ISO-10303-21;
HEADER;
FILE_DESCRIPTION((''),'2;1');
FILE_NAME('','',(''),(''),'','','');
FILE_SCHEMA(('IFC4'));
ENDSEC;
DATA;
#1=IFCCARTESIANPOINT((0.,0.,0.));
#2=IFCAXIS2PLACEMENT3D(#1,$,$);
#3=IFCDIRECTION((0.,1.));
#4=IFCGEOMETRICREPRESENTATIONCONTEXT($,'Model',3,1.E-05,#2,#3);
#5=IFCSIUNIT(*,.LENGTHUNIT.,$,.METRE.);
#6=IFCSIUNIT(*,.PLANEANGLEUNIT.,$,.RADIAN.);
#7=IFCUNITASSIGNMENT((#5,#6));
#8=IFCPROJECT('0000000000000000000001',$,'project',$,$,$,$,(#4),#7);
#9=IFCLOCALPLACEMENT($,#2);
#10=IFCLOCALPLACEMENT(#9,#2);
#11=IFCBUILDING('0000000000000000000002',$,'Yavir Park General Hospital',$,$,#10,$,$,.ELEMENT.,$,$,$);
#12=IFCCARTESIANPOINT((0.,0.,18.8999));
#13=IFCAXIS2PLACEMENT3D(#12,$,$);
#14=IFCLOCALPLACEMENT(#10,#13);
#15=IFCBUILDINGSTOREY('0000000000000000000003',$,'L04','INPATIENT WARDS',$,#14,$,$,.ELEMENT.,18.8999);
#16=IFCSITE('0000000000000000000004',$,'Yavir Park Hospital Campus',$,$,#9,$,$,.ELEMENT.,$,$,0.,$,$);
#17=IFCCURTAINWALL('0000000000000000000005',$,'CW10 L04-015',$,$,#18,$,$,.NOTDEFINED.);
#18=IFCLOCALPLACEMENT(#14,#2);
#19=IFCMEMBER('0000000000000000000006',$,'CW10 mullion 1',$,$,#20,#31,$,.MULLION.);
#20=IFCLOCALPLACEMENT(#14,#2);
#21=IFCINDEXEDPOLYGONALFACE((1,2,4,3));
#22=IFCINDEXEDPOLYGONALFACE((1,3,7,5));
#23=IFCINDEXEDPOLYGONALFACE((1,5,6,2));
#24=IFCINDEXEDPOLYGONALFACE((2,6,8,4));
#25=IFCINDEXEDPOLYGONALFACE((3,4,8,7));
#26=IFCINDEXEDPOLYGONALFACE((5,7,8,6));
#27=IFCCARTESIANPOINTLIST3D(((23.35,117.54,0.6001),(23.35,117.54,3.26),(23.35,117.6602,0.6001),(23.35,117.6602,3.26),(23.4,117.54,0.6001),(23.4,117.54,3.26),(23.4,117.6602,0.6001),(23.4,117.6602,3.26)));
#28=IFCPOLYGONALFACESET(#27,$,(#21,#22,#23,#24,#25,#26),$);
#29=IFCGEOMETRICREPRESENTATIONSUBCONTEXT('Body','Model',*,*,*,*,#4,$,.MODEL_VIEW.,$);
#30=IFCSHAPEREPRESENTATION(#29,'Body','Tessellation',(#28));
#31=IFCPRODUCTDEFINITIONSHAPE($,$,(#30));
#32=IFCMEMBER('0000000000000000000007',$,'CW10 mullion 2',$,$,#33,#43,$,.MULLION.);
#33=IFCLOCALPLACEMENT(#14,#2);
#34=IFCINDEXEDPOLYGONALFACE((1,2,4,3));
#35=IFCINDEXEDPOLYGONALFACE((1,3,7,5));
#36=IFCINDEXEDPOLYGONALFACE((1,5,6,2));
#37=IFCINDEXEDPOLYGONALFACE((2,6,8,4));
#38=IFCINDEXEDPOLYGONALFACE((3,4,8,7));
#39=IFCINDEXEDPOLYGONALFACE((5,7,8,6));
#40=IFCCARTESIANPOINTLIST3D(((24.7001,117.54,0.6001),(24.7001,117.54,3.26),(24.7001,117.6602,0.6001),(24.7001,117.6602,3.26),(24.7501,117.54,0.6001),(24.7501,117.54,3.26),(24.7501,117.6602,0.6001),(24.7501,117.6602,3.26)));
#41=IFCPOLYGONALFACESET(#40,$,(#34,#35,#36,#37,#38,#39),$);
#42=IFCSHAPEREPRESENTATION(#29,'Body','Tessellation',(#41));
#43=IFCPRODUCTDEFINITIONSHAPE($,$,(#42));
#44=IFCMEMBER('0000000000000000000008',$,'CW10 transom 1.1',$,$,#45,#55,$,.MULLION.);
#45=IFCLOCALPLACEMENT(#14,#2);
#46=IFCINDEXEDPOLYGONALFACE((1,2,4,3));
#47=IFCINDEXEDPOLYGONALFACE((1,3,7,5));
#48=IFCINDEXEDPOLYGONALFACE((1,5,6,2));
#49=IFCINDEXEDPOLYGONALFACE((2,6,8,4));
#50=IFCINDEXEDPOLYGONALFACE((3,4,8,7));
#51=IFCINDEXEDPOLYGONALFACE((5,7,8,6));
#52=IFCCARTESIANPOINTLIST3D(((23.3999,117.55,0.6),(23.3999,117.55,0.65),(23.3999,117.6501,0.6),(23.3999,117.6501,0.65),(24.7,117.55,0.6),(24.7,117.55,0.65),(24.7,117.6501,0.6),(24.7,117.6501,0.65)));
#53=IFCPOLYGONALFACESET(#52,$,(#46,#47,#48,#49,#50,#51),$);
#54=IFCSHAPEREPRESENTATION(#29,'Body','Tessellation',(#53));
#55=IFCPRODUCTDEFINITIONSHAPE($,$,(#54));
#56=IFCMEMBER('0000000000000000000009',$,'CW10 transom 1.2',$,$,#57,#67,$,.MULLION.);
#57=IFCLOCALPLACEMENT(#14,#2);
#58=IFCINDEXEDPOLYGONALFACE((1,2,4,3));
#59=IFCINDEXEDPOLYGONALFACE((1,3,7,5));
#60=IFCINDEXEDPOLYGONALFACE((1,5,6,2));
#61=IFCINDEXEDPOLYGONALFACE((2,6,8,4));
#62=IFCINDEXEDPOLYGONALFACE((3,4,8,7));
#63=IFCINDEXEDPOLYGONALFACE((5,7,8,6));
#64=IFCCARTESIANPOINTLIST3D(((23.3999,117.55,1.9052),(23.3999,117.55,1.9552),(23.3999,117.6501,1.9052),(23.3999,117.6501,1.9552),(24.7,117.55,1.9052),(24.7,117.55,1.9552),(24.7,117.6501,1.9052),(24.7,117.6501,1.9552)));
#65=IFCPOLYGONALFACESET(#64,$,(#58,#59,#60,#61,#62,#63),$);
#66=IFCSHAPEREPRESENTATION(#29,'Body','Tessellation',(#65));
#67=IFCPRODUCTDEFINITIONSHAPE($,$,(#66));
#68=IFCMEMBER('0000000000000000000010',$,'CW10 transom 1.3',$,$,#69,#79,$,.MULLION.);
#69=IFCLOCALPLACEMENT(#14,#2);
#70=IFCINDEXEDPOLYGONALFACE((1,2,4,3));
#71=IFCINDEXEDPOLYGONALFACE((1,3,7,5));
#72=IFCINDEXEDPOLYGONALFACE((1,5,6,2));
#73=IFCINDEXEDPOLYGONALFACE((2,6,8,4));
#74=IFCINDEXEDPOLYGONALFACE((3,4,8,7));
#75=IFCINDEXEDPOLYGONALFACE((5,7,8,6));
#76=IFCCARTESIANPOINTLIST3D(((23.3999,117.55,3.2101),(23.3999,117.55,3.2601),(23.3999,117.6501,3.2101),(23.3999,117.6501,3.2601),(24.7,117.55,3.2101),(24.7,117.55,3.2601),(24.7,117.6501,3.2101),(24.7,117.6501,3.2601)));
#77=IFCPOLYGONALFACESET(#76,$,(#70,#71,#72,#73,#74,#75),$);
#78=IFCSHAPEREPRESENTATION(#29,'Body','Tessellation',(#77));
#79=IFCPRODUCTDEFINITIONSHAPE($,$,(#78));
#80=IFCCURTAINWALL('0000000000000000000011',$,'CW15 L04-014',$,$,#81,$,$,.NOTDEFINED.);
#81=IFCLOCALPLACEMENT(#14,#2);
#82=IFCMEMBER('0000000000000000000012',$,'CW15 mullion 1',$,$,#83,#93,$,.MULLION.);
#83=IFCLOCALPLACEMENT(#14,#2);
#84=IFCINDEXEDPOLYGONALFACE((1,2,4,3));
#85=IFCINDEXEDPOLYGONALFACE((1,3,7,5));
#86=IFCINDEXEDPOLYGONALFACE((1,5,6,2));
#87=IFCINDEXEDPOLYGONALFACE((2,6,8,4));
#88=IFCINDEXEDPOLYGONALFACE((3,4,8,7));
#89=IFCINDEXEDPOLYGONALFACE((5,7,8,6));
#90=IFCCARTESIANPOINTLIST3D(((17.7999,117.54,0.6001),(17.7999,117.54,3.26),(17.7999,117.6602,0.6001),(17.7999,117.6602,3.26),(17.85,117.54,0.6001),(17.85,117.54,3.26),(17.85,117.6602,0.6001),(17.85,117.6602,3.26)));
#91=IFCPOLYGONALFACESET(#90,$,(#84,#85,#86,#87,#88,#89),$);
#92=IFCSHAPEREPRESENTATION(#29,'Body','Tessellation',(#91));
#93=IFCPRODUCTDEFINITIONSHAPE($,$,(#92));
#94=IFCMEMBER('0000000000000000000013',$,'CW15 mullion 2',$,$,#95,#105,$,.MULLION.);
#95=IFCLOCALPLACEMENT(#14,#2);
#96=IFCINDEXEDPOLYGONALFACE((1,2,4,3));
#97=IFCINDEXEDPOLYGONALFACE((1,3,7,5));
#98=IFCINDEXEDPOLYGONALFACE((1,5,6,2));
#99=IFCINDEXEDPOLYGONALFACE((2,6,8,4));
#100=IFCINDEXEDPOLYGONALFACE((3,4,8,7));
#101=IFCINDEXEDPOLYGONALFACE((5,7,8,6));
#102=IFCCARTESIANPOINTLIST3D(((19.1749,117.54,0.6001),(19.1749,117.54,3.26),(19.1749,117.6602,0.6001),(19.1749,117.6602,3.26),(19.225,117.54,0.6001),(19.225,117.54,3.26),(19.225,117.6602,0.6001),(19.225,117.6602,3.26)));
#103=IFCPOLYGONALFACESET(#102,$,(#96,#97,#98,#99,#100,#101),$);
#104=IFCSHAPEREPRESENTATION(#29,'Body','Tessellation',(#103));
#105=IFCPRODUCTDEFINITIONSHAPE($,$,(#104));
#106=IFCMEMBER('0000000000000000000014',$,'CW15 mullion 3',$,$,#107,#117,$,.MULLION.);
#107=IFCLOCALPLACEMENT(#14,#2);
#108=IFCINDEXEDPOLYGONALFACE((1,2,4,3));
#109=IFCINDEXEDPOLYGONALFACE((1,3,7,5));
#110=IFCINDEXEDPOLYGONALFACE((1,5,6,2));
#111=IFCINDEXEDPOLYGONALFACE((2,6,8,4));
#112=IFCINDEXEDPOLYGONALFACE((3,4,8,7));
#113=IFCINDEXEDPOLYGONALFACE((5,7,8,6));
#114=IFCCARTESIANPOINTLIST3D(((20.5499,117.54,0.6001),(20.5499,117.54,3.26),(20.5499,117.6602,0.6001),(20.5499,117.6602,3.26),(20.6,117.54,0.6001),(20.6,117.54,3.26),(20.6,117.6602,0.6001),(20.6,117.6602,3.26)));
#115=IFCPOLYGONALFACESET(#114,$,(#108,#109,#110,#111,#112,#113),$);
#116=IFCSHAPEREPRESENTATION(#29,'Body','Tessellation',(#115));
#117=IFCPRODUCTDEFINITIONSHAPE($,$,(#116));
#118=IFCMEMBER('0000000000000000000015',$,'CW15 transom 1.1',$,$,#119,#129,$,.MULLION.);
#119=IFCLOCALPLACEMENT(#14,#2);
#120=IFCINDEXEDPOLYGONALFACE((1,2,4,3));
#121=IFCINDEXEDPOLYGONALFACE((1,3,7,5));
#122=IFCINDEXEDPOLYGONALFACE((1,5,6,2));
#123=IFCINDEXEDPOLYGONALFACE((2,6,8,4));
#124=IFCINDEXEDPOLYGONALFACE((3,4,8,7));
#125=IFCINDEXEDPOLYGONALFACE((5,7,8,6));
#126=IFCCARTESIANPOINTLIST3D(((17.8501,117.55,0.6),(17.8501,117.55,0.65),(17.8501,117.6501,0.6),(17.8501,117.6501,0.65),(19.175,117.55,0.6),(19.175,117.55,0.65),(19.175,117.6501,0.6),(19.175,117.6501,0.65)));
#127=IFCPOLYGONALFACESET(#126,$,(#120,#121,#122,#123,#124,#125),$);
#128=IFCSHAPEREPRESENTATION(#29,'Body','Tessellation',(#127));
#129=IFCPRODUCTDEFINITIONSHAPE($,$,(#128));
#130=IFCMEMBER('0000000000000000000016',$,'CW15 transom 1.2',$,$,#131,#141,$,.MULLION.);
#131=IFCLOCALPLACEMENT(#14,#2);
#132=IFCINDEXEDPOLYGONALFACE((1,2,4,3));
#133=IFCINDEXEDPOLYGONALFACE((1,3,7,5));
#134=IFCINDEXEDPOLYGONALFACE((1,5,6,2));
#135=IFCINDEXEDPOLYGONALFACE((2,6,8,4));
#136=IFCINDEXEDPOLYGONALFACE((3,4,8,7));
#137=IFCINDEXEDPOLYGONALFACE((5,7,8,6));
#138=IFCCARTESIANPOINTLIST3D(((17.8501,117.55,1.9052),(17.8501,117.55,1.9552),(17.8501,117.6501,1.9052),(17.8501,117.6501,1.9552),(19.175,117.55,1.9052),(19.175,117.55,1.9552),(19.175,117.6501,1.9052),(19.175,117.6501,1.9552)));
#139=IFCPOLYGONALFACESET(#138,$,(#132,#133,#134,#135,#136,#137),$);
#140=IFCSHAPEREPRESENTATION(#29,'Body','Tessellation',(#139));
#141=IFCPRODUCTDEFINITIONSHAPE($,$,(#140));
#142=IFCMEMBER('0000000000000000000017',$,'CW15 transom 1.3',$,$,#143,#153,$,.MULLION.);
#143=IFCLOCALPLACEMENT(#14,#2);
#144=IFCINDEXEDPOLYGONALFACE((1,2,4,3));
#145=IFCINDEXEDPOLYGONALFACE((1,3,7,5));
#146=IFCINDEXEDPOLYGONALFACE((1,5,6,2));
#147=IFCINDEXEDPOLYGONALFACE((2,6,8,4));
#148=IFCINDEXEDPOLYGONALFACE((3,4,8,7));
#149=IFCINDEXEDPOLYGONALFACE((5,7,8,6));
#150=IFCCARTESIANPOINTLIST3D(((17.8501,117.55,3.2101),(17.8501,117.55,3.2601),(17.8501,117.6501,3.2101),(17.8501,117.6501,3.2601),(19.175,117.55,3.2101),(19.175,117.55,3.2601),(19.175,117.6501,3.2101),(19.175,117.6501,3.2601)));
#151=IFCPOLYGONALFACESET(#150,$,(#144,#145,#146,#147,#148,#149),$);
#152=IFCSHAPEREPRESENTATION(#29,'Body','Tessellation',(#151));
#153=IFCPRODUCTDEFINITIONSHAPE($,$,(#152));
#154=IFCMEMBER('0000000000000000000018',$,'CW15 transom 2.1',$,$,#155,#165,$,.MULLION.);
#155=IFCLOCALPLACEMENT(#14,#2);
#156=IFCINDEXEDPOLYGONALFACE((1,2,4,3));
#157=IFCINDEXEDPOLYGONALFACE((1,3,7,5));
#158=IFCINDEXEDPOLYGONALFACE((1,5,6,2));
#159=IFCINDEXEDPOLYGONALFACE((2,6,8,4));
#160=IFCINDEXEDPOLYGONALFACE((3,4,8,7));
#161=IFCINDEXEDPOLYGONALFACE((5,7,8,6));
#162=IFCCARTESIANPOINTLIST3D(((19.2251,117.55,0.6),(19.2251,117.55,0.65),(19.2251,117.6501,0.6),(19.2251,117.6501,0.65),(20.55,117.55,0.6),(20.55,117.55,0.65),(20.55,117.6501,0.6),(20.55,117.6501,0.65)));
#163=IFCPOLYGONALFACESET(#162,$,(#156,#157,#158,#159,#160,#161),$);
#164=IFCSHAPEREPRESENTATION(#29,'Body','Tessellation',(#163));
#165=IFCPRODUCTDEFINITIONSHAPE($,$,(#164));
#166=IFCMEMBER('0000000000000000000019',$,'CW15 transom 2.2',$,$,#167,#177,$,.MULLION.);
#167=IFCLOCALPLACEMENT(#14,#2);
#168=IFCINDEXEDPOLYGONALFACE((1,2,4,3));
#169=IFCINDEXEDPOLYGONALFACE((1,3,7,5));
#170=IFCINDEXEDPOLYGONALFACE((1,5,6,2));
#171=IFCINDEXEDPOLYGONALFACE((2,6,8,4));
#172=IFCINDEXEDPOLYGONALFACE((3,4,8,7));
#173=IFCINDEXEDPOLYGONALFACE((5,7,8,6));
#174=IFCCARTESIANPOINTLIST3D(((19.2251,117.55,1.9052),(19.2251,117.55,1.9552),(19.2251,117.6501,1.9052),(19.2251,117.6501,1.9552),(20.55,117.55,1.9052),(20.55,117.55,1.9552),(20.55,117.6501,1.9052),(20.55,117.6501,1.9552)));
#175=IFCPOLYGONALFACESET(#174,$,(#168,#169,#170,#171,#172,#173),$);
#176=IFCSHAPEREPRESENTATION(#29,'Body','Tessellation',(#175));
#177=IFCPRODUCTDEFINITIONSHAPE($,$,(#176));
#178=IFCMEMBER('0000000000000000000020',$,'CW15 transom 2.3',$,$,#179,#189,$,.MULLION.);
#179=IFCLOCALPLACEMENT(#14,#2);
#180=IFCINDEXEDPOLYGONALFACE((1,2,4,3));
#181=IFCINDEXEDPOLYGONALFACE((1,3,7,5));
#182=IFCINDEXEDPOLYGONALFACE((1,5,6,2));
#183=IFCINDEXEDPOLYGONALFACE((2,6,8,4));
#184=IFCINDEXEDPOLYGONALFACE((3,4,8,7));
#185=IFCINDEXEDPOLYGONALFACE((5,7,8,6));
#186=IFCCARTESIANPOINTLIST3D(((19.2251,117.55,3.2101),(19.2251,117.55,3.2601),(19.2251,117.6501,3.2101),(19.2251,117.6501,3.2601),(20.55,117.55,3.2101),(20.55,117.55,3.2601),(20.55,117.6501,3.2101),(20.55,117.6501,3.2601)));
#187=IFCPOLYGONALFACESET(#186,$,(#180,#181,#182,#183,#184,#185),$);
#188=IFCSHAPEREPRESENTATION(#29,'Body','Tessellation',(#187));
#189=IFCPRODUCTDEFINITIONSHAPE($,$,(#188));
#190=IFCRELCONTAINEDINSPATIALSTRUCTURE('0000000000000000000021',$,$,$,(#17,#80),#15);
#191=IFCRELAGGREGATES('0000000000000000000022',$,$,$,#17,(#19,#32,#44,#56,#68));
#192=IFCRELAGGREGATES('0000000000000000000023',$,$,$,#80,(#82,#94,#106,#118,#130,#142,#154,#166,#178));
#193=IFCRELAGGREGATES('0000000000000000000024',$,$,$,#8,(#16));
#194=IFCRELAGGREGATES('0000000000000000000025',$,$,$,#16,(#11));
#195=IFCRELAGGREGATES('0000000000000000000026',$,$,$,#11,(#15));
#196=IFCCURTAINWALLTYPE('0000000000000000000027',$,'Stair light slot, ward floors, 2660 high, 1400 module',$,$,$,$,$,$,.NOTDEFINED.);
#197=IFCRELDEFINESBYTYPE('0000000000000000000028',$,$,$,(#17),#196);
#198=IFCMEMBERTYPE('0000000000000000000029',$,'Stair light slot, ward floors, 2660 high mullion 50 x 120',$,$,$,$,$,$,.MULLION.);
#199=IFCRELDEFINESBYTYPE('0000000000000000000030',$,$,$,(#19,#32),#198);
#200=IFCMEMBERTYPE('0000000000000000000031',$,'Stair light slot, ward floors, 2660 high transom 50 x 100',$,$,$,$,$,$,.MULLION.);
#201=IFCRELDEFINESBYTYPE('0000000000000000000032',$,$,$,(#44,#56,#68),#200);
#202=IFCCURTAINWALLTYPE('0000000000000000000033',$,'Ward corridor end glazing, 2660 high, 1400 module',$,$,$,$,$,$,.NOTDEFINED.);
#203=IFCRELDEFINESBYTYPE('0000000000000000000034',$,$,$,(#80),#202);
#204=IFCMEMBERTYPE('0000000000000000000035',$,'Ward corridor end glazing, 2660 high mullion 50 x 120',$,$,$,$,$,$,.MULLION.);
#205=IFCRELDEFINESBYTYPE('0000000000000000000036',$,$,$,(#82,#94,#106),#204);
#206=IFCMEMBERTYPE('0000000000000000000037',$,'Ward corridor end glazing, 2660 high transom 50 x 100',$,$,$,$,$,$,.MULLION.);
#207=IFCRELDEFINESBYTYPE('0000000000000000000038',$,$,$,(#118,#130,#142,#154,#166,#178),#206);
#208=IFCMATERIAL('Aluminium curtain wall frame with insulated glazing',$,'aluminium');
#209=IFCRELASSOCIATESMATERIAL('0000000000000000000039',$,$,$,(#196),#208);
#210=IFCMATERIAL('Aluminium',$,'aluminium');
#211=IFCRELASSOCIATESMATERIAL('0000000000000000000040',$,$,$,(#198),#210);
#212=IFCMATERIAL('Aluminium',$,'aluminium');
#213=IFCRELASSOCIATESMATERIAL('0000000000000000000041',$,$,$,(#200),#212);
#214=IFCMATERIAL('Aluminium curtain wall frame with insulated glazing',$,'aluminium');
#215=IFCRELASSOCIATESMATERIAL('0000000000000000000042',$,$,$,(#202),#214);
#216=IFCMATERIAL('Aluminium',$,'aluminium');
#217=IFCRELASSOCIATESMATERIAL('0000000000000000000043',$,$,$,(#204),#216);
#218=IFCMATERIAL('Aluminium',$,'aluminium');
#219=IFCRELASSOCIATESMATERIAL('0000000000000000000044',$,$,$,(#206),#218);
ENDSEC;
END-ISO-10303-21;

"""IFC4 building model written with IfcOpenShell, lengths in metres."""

from ifc_helpers import new_model, si_unit, direction, frame, origin, origin_2d, place, context, subcontext, project, spatial, rectangle, extrude, material, material_profile, profile_set, type_object, element, aggregate, save


model = new_model("IFC4")

# Units and contexts
model_context = context("Model", 3, precision=1e-05, world=origin(), true_north=direction((0.0, 1.0)))
body_context = subcontext(model_context, "Body", "Model", "MODEL_VIEW")
ifc_project = project(units=[si_unit("LENGTHUNIT", "METRE"), si_unit("PLANEANGLEUNIT", "RADIAN")], contexts=[model_context])

# Site, building, storey
site_placement = place(None, origin())
site = spatial("IfcSite", under=ifc_project, at=site_placement, Name="Yavir Park Hospital Campus", CompositionType="ELEMENT", RefElevation=0.0)
building_placement = place(site_placement, origin())
building = spatial("IfcBuilding", under=site, at=building_placement, Name="Yavir Park General Hospital", CompositionType="ELEMENT")
storey_placement = place(building_placement, frame((0.0, 0.0, 18.8999)))
storey = spatial("IfcBuildingStorey", under=building, at=storey_placement, Name="L04", Description="INPATIENT WARDS", CompositionType="ELEMENT", Elevation=18.8999)

# Curtain walls, members
ifc_material_1 = material(Name="Aluminium curtain wall frame with insulated glazing", Category="aluminium")
curtain_wall_type_1 = type_object("IfcCurtainWallType", Name="Stair light slot, ward floors, 2660 high, 1400 module", PredefinedType="NOTDEFINED", material=ifc_material_1)
curtain_wall_1_placement = place(storey_placement, origin())
curtain_wall_1 = element("IfcCurtainWall", 1, at=curtain_wall_1_placement, inside=storey, type_object=curtain_wall_type_1, Name="CW10 L04-015", PredefinedType="NOTDEFINED")
ifc_material_2 = material(Name="Aluminium", Category="aluminium")
ifc_material_profile_1 = material_profile(ifc_material_2, rectangle(XDim=0.1201, YDim=0.05, at=origin_2d()), Name="AL 50x120")
ifc_profile_set_1 = profile_set([ifc_material_profile_1], Name="Aluminium")
member_type_1 = type_object("IfcMemberType", Name="Stair light slot, ward floors, 2660 high mullion 50 x 120", PredefinedType="MULLION", material=ifc_profile_set_1)
member_1_placement = place(storey_placement, frame((23.375, 117.6001, 0.6001), z_axis=(0.0, 0.0, 1.0), x_axis=(0.0, 1.0, 0.0)))
member_1 = element("IfcMember", 2, at=member_1_placement, type_object=member_type_1, Name="CW10 mullion 1", PredefinedType="MULLION", context=body_context, shape_type="SweptSolid", body=[
    extrude(rectangle(XDim=0.1201, YDim=0.05, at=origin_2d()), origin(), (0.0, 0.0, 1.0), 2.6599),
])
member_2_placement = place(storey_placement, frame((24.7251, 117.6001, 0.6001), z_axis=(0.0, 0.0, 1.0), x_axis=(0.0, 1.0, 0.0)))
member_2 = element("IfcMember", 3, at=member_2_placement, type_object=member_type_1, Name="CW10 mullion 2", PredefinedType="MULLION", context=body_context, shape_type="SweptSolid", body=[
    extrude(rectangle(XDim=0.1201, YDim=0.05, at=origin_2d()), origin(), (0.0, 0.0, 1.0), 2.6599),
])
ifc_material_3 = material(Name="Aluminium", Category="aluminium")
ifc_material_profile_2 = material_profile(ifc_material_3, rectangle(XDim=0.1001, YDim=0.05, at=origin_2d()), Name="AL 100x50")
ifc_profile_set_2 = profile_set([ifc_material_profile_2], Name="Aluminium")
member_type_2 = type_object("IfcMemberType", Name="Stair light slot, ward floors, 2660 high transom 50 x 100", PredefinedType="MULLION", material=ifc_profile_set_2)
member_3_placement = place(storey_placement, frame((23.3999, 117.6001, 0.625), z_axis=(1.0, 0.0, 0.0), x_axis=(0.0, 1.0, 0.0)))
member_3 = element("IfcMember", 4, at=member_3_placement, type_object=member_type_2, Name="CW10 transom 1.1", PredefinedType="MULLION", context=body_context, shape_type="SweptSolid", body=[
    extrude(rectangle(XDim=0.1001, YDim=0.05, at=origin_2d()), origin(), (0.0, 0.0, 1.0), 1.3),
])
member_4_placement = place(storey_placement, frame((23.3999, 117.6001, 1.9302), z_axis=(1.0, 0.0, 0.0), x_axis=(0.0, 1.0, 0.0)))
member_4 = element("IfcMember", 5, at=member_4_placement, type_object=member_type_2, Name="CW10 transom 1.2", PredefinedType="MULLION", context=body_context, shape_type="SweptSolid", body=[
    extrude(rectangle(XDim=0.1001, YDim=0.05, at=origin_2d()), origin(), (0.0, 0.0, 1.0), 1.3),
])
member_5_placement = place(storey_placement, frame((23.3999, 117.6001, 3.2351), z_axis=(1.0, 0.0, 0.0), x_axis=(0.0, 1.0, 0.0)))
member_5 = element("IfcMember", 6, at=member_5_placement, type_object=member_type_2, Name="CW10 transom 1.3", PredefinedType="MULLION", context=body_context, shape_type="SweptSolid", body=[
    extrude(rectangle(XDim=0.1001, YDim=0.05, at=origin_2d()), origin(), (0.0, 0.0, 1.0), 1.3),
])
ifc_material_4 = material(Name="Aluminium curtain wall frame with insulated glazing", Category="aluminium")
curtain_wall_type_2 = type_object("IfcCurtainWallType", Name="Ward corridor end glazing, 2660 high, 1400 module", PredefinedType="NOTDEFINED", material=ifc_material_4)
curtain_wall_2_placement = place(storey_placement, origin())
curtain_wall_2 = element("IfcCurtainWall", 7, at=curtain_wall_2_placement, inside=storey, type_object=curtain_wall_type_2, Name="CW15 L04-014", PredefinedType="NOTDEFINED")
ifc_material_5 = material(Name="Aluminium", Category="aluminium")
ifc_material_profile_3 = material_profile(ifc_material_5, rectangle(XDim=0.1201, YDim=0.05, at=origin_2d()), Name="AL 50x120")
ifc_profile_set_3 = profile_set([ifc_material_profile_3], Name="Aluminium")
member_type_3 = type_object("IfcMemberType", Name="Ward corridor end glazing, 2660 high mullion 50 x 120", PredefinedType="MULLION", material=ifc_profile_set_3)
member_6_placement = place(storey_placement, frame((17.825, 117.6001, 0.6001), z_axis=(0.0, 0.0, 1.0), x_axis=(0.0, 1.0, 0.0)))
member_6 = element("IfcMember", 8, at=member_6_placement, type_object=member_type_3, Name="CW15 mullion 1", PredefinedType="MULLION", context=body_context, shape_type="SweptSolid", body=[
    extrude(rectangle(XDim=0.1201, YDim=0.05, at=origin_2d()), origin(), (0.0, 0.0, 1.0), 2.6599),
])
member_7_placement = place(storey_placement, frame((19.2, 117.6001, 0.6001), z_axis=(0.0, 0.0, 1.0), x_axis=(0.0, 1.0, 0.0)))
member_7 = element("IfcMember", 9, at=member_7_placement, type_object=member_type_3, Name="CW15 mullion 2", PredefinedType="MULLION", context=body_context, shape_type="SweptSolid", body=[
    extrude(rectangle(XDim=0.1201, YDim=0.05, at=origin_2d()), origin(), (0.0, 0.0, 1.0), 2.6599),
])
member_8_placement = place(storey_placement, frame((20.575, 117.6001, 0.6001), z_axis=(0.0, 0.0, 1.0), x_axis=(0.0, 1.0, 0.0)))
member_8 = element("IfcMember", 10, at=member_8_placement, type_object=member_type_3, Name="CW15 mullion 3", PredefinedType="MULLION", context=body_context, shape_type="SweptSolid", body=[
    extrude(rectangle(XDim=0.1201, YDim=0.05, at=origin_2d()), origin(), (0.0, 0.0, 1.0), 2.6599),
])
ifc_material_6 = material(Name="Aluminium", Category="aluminium")
ifc_material_profile_4 = material_profile(ifc_material_6, rectangle(XDim=0.1001, YDim=0.05, at=origin_2d()), Name="AL 100x50")
ifc_profile_set_4 = profile_set([ifc_material_profile_4], Name="Aluminium")
member_type_4 = type_object("IfcMemberType", Name="Ward corridor end glazing, 2660 high transom 50 x 100", PredefinedType="MULLION", material=ifc_profile_set_4)
member_9_placement = place(storey_placement, frame((17.8501, 117.6001, 0.625), z_axis=(1.0, 0.0, 0.0), x_axis=(0.0, 1.0, 0.0)))
member_9 = element("IfcMember", 11, at=member_9_placement, type_object=member_type_4, Name="CW15 transom 1.1", PredefinedType="MULLION", context=body_context, shape_type="SweptSolid", body=[
    extrude(rectangle(XDim=0.1001, YDim=0.05, at=origin_2d()), origin(), (0.0, 0.0, 1.0), 1.325),
])
member_10_placement = place(storey_placement, frame((17.8501, 117.6001, 1.9302), z_axis=(1.0, 0.0, 0.0), x_axis=(0.0, 1.0, 0.0)))
member_10 = element("IfcMember", 12, at=member_10_placement, type_object=member_type_4, Name="CW15 transom 1.2", PredefinedType="MULLION", context=body_context, shape_type="SweptSolid", body=[
    extrude(rectangle(XDim=0.1001, YDim=0.05, at=origin_2d()), origin(), (0.0, 0.0, 1.0), 1.325),
])
member_11_placement = place(storey_placement, frame((17.8501, 117.6001, 3.2351), z_axis=(1.0, 0.0, 0.0), x_axis=(0.0, 1.0, 0.0)))
member_11 = element("IfcMember", 13, at=member_11_placement, type_object=member_type_4, Name="CW15 transom 1.3", PredefinedType="MULLION", context=body_context, shape_type="SweptSolid", body=[
    extrude(rectangle(XDim=0.1001, YDim=0.05, at=origin_2d()), origin(), (0.0, 0.0, 1.0), 1.325),
])
member_12_placement = place(storey_placement, frame((19.2251, 117.6001, 0.625), z_axis=(1.0, 0.0, 0.0), x_axis=(0.0, 1.0, 0.0)))
member_12 = element("IfcMember", 14, at=member_12_placement, type_object=member_type_4, Name="CW15 transom 2.1", PredefinedType="MULLION", context=body_context, shape_type="SweptSolid", body=[
    extrude(rectangle(XDim=0.1001, YDim=0.05, at=origin_2d()), origin(), (0.0, 0.0, 1.0), 1.325),
])
member_13_placement = place(storey_placement, frame((19.2251, 117.6001, 1.9302), z_axis=(1.0, 0.0, 0.0), x_axis=(0.0, 1.0, 0.0)))
member_13 = element("IfcMember", 15, at=member_13_placement, type_object=member_type_4, Name="CW15 transom 2.2", PredefinedType="MULLION", context=body_context, shape_type="SweptSolid", body=[
    extrude(rectangle(XDim=0.1001, YDim=0.05, at=origin_2d()), origin(), (0.0, 0.0, 1.0), 1.325),
])
member_14_placement = place(storey_placement, frame((19.2251, 117.6001, 3.2351), z_axis=(1.0, 0.0, 0.0), x_axis=(0.0, 1.0, 0.0)))
member_14 = element("IfcMember", 16, at=member_14_placement, type_object=member_type_4, Name="CW15 transom 2.3", PredefinedType="MULLION", context=body_context, shape_type="SweptSolid", body=[
    extrude(rectangle(XDim=0.1001, YDim=0.05, at=origin_2d()), origin(), (0.0, 0.0, 1.0), 1.325),
])

aggregate(curtain_wall_1, [member_1, member_2, member_3, member_4, member_5])
aggregate(curtain_wall_2, [member_6, member_7, member_8, member_9, member_10, member_11, member_12, member_13, member_14])

save(model, "model.ifc")
